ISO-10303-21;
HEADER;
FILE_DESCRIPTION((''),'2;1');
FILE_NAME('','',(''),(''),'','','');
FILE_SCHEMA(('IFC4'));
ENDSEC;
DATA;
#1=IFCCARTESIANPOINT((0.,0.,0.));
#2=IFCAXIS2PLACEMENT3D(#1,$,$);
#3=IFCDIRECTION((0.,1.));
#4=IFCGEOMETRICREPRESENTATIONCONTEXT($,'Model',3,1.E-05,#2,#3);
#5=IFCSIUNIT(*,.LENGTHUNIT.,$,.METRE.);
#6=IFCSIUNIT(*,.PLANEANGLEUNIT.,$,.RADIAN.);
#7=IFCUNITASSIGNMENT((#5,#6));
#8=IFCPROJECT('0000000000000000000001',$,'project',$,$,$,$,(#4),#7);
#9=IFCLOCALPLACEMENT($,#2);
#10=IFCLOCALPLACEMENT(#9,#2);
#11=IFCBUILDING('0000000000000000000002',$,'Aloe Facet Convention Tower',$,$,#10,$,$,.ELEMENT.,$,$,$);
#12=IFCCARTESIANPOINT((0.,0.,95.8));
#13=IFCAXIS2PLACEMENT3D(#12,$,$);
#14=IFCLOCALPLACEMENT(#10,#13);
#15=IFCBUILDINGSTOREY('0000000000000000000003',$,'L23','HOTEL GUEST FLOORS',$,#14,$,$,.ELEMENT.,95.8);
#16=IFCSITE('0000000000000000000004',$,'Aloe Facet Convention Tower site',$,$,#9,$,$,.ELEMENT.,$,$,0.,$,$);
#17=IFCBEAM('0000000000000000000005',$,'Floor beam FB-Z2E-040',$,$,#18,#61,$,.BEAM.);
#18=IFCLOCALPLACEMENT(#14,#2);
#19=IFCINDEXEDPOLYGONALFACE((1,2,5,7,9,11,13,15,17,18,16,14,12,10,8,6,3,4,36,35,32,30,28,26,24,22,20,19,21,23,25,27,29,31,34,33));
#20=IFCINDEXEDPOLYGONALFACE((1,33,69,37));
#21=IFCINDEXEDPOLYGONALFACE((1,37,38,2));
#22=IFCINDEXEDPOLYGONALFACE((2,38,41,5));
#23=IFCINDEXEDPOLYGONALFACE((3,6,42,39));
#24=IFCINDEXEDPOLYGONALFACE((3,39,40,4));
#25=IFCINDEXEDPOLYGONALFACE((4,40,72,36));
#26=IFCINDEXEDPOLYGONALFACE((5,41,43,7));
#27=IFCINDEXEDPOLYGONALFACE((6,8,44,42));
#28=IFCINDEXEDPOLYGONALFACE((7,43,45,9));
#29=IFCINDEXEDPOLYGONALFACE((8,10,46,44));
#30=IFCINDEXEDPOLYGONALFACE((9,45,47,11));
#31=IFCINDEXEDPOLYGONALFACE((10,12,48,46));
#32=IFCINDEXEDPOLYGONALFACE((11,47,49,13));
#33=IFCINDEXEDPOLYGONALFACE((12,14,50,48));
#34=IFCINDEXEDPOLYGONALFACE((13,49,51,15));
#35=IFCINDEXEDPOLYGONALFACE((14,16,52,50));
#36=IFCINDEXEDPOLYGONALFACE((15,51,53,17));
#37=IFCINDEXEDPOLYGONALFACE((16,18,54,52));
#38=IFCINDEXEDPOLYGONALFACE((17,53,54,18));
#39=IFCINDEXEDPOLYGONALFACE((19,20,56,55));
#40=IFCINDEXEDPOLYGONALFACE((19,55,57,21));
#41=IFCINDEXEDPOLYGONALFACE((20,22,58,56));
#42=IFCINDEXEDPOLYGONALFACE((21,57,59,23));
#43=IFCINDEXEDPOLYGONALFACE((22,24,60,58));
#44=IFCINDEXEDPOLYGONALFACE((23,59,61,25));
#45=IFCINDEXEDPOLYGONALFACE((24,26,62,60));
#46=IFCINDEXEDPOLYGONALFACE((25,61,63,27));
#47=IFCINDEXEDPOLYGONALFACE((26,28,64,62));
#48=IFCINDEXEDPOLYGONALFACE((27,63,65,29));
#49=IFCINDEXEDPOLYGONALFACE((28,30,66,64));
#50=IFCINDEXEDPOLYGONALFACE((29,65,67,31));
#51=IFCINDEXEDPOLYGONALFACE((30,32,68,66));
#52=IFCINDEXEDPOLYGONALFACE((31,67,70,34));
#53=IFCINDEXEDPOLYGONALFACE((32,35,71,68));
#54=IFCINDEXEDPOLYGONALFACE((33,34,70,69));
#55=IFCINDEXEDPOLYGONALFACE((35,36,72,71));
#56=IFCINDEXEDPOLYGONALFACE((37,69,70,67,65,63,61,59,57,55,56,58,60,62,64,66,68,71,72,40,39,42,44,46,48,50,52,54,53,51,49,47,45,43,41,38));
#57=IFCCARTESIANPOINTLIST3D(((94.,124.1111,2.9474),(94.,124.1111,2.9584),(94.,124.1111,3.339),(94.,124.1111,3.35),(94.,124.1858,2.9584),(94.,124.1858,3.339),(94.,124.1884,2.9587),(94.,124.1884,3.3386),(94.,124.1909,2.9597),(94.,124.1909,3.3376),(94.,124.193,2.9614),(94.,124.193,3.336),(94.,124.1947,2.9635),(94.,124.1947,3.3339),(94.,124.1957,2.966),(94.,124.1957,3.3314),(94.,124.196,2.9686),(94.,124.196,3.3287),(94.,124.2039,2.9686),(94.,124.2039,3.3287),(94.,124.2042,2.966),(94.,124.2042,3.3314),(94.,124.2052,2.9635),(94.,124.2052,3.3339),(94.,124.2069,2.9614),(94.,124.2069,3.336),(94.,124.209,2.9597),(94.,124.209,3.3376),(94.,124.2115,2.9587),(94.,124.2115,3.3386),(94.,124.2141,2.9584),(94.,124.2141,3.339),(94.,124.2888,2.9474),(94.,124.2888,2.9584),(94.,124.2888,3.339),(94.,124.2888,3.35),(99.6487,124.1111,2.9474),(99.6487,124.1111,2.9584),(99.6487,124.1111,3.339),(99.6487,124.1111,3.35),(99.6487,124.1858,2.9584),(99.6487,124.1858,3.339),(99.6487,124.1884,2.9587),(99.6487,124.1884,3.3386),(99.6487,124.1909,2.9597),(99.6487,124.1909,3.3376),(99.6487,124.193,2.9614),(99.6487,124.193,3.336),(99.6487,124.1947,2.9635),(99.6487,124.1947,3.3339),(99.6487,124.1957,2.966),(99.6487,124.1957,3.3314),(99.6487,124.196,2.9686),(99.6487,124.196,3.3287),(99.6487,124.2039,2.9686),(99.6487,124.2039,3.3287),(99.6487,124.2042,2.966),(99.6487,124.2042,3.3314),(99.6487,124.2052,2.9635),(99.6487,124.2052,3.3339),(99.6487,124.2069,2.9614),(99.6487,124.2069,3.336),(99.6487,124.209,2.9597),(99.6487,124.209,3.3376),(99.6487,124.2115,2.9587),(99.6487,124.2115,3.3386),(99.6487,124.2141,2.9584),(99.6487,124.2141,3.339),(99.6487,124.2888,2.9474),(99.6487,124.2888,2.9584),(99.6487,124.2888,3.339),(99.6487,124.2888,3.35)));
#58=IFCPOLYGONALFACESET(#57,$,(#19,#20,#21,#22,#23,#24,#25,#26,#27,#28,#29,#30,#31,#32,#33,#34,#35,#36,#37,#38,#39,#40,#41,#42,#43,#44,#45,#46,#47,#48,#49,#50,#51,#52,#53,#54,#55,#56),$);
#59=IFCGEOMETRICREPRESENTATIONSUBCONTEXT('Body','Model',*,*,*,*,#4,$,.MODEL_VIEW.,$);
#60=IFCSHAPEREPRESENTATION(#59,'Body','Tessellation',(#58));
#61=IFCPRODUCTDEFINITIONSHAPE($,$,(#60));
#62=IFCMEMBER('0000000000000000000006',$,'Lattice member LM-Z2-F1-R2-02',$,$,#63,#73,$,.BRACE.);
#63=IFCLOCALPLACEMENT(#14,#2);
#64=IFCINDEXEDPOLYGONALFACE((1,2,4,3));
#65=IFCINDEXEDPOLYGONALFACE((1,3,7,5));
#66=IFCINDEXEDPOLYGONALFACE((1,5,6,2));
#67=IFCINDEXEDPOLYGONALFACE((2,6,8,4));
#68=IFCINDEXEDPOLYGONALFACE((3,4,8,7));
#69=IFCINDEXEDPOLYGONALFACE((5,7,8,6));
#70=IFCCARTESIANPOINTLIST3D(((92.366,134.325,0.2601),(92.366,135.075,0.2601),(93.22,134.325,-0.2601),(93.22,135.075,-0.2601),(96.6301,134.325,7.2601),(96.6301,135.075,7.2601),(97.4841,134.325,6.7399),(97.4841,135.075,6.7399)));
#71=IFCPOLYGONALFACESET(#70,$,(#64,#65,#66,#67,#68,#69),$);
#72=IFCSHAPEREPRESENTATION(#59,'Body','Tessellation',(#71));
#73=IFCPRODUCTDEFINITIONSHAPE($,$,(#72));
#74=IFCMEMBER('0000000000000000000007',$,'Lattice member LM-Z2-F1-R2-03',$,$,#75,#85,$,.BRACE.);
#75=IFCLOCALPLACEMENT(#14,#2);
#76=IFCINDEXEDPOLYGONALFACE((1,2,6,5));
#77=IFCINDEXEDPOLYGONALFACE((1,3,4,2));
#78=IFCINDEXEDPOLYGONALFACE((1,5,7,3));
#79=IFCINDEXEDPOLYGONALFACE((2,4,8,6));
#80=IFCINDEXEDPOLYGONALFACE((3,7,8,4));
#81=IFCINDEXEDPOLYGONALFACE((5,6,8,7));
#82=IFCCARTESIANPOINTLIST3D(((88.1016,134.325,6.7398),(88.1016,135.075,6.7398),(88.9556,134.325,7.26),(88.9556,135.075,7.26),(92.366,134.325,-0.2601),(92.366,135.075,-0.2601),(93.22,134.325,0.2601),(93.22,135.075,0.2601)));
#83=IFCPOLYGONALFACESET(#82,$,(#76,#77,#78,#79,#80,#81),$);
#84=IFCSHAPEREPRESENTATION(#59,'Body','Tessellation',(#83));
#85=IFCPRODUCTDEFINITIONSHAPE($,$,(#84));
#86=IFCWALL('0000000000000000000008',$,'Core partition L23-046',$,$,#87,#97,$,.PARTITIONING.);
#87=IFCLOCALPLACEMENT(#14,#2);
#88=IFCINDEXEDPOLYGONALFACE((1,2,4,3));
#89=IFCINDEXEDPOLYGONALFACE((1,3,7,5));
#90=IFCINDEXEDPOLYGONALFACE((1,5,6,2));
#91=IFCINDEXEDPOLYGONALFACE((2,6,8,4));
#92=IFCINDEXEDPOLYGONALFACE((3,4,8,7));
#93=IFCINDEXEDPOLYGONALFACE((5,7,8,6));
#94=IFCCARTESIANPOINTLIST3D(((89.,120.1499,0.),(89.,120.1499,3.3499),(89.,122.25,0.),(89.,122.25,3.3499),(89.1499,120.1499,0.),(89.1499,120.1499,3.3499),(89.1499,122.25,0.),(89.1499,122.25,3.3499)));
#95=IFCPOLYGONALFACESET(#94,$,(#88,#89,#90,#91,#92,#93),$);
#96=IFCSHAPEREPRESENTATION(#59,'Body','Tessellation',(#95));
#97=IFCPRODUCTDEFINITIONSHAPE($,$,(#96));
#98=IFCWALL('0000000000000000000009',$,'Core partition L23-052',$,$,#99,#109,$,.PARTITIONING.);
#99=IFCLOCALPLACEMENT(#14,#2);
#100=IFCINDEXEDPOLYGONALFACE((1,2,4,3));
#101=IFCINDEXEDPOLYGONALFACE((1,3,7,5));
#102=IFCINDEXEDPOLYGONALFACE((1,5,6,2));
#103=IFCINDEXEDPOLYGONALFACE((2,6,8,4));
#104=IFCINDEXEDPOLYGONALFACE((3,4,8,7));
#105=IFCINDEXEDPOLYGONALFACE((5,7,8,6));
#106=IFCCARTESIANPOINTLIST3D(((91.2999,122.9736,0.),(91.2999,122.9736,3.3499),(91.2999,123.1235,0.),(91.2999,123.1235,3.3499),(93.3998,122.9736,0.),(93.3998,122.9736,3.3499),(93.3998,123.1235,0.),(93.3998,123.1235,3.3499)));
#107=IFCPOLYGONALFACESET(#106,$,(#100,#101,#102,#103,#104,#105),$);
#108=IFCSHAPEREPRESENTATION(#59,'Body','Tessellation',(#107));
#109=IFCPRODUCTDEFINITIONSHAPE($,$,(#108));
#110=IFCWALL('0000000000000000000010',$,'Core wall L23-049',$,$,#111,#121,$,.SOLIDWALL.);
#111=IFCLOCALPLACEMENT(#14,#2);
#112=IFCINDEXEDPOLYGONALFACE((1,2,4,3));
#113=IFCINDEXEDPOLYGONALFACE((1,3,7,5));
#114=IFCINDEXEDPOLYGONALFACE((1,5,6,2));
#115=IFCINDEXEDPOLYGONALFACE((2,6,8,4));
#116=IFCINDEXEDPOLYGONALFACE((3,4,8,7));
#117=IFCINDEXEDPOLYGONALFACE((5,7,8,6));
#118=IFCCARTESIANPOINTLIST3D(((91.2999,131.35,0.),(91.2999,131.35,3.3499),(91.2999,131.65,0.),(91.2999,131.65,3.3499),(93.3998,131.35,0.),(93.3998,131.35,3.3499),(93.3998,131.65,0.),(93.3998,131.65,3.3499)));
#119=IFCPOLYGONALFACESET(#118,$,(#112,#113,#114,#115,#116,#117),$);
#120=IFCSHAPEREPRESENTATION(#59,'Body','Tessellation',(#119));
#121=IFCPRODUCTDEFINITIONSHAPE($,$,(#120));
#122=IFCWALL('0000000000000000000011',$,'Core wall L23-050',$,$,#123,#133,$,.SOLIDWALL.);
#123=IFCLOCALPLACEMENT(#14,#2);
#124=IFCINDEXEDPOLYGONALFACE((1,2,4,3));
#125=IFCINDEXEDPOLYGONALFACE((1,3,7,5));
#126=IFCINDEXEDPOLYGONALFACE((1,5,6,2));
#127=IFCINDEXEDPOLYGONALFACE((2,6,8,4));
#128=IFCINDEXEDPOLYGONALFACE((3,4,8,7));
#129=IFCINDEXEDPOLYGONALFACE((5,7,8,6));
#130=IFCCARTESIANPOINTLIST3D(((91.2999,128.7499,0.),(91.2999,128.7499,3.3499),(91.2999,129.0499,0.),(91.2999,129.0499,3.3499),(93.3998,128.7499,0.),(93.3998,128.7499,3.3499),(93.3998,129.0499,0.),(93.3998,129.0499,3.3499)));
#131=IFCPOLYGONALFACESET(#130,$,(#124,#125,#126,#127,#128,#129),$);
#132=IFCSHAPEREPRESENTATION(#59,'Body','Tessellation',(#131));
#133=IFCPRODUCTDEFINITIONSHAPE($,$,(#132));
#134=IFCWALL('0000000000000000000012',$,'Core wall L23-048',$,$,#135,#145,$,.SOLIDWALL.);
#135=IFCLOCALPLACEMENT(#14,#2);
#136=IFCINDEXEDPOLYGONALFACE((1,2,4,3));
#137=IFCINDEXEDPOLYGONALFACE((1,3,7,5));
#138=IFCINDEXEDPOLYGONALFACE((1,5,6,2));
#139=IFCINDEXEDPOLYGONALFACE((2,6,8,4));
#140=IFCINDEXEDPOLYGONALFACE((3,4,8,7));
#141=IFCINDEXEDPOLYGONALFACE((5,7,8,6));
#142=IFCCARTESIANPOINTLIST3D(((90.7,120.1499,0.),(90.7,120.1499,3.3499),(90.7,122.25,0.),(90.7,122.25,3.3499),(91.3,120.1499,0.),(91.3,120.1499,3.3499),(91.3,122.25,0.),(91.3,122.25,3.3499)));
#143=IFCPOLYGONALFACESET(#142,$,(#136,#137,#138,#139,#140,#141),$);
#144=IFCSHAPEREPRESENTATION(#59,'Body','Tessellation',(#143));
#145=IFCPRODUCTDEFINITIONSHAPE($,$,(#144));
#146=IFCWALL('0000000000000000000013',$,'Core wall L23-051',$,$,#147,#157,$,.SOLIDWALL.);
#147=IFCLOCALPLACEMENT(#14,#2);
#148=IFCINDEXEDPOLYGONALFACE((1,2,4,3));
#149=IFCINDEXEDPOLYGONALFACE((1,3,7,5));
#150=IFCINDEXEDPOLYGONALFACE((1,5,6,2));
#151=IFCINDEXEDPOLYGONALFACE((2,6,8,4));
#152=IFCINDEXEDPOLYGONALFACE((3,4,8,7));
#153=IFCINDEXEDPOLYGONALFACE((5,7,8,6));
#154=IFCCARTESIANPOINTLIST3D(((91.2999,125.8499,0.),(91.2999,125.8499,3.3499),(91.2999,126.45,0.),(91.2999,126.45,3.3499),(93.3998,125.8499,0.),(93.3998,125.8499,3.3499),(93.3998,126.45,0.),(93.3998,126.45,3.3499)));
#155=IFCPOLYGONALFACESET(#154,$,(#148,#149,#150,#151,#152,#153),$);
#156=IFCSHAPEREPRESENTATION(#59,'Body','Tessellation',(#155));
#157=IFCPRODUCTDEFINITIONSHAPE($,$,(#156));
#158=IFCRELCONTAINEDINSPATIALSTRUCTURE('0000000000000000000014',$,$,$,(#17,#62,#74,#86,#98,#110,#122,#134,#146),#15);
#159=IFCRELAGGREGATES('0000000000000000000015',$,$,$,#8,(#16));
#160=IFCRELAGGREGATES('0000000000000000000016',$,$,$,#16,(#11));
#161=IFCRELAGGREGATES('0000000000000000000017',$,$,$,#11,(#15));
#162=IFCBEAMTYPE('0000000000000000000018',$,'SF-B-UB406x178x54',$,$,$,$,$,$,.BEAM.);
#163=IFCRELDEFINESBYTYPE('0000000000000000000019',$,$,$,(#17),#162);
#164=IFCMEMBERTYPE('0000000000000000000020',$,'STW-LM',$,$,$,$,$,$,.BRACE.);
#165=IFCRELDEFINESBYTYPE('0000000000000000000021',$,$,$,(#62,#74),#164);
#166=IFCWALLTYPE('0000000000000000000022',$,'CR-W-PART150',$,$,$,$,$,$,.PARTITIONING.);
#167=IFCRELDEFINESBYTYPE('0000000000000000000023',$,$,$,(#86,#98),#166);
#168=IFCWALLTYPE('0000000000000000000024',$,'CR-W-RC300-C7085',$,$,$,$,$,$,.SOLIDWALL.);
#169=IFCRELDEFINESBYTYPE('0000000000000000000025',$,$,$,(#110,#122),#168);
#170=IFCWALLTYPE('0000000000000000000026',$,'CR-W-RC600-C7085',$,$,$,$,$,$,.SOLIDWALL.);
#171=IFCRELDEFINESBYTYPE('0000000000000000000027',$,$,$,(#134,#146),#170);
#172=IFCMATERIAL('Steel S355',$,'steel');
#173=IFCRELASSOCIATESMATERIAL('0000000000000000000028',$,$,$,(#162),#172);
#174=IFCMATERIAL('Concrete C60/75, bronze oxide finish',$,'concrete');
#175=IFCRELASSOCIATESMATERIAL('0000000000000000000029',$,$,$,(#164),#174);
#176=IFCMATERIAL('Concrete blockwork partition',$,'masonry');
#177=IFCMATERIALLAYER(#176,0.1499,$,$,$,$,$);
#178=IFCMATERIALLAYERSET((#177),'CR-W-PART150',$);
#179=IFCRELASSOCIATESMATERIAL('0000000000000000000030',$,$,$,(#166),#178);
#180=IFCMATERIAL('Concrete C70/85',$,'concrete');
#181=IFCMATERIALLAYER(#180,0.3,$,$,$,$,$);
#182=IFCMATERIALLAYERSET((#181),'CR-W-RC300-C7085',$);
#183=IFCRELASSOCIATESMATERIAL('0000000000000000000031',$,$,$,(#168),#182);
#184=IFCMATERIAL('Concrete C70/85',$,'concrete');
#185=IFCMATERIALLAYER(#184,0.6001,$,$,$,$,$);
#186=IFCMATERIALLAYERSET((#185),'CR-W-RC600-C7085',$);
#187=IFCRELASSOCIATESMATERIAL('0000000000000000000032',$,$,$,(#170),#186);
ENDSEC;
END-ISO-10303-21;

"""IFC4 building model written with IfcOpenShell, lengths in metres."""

from ifc_helpers import new_model, si_unit, direction, frame, frame_2d, origin, origin_2d, place, context, subcontext, project, spatial, rectangle, i_section, extrude, material, layer, layer_set, material_profile, profile_set, type_object, element, save


model = new_model("IFC4")

# Units and contexts
model_context = context("Model", 3, precision=1e-05, world=origin(), true_north=direction((0.0, 1.0)))
body_context = subcontext(model_context, "Body", "Model", "MODEL_VIEW")
ifc_project = project(units=[si_unit("LENGTHUNIT", "METRE"), si_unit("PLANEANGLEUNIT", "RADIAN")], contexts=[model_context])

# Site, building, storey
site_placement = place(None, origin())
site = spatial("IfcSite", under=ifc_project, at=site_placement, Name="Aloe Facet Convention Tower site", CompositionType="ELEMENT", RefElevation=0.0)
building_placement = place(site_placement, origin())
building = spatial("IfcBuilding", under=site, at=building_placement, Name="Aloe Facet Convention Tower", CompositionType="ELEMENT")
storey_placement = place(building_placement, frame((0.0, 0.0, 95.8)))
storey = spatial("IfcBuildingStorey", under=building, at=storey_placement, Name="L23", Description="HOTEL GUEST FLOORS", CompositionType="ELEMENT", Elevation=95.8)

# Beam
ifc_material_1 = material(Name="Steel S355", Category="steel")
ifc_material_profile_1 = material_profile(ifc_material_1, i_section(OverallWidth=0.1777, OverallDepth=0.4026, WebThickness=0.0078, FlangeThickness=0.011, FilletRadius=0.0103, at=origin_2d()), Name="UB 406x178x54")
ifc_profile_set_1 = profile_set([ifc_material_profile_1], Name="Steel S355")
beam_type = type_object("IfcBeamType", Name="SF-B-UB406x178x54", PredefinedType="BEAM", material=ifc_profile_set_1)
beam_placement = place(storey_placement, frame((94.0, 124.2, 3.1487), z_axis=(1.0, 0.0, 0.0), x_axis=(0.0, 1.0, 0.0)))
element("IfcBeam", 1, at=beam_placement, inside=storey, type_object=beam_type, Name="Floor beam FB-Z2E-040", PredefinedType="BEAM", context=body_context, shape_type="SweptSolid", body=[
    extrude(i_section(OverallWidth=0.1777, OverallDepth=0.4026, WebThickness=0.0078, FlangeThickness=0.011, FilletRadius=0.0103, at=origin_2d()), origin(), (0.0, 0.0, 1.0), 5.6487),
])

# Members
ifc_material_2 = material(Name="Concrete C60/75, bronze oxide finish", Category="concrete")
ifc_material_profile_2 = material_profile(ifc_material_2, rectangle(XDim=0.75, YDim=1.0, at=origin_2d()), Name="STW-LM")
ifc_profile_set_2 = profile_set([ifc_material_profile_2], Name="Concrete C60/75, bronze oxide finish")
member_type = type_object("IfcMemberType", Name="STW-LM", PredefinedType="BRACE", material=ifc_profile_set_2)
for number, where, z_axis, x_axis, name in (
    (2, (92.793, 134.7, 0.0), (0.52024, 0.0, 0.85402), (0.0, 1.0, 0.0), "Lattice member LM-Z2-F1-R2-02"),
    (3, (92.793, 134.7, 0.0), (-0.520262, 0.0, 0.854007), (0.0, -1.0, 0.0), "Lattice member LM-Z2-F1-R2-03"),
):
    element("IfcMember", number, at=place(storey_placement, frame(where, z_axis=z_axis, x_axis=x_axis)), inside=storey, type_object=member_type, Name=name, PredefinedType="BRACE", context=body_context, shape_type="SweptSolid", body=[
        extrude(rectangle(XDim=0.75, YDim=1.0, at=origin_2d()), origin(), (0.0, 0.0, 1.0), 8.1965),
    ])

# Walls
ifc_material_3 = material(Name="Concrete blockwork partition", Category="masonry")
ifc_layer_1 = layer(ifc_material_3, 0.1499)
ifc_layer_set_1 = layer_set([ifc_layer_1], Name="CR-W-PART150")
wall_type_1 = type_object("IfcWallType", Name="CR-W-PART150", PredefinedType="PARTITIONING", material=ifc_layer_set_1)
wall_1_placement = place(storey_placement, frame((89.075, 122.25, 0.0), z_axis=(0.0, 0.0, 1.0), x_axis=(0.0, -1.0, 0.0)))
element("IfcWall", 4, at=wall_1_placement, inside=storey, type_object=wall_type_1, Name="Core partition L23-046", PredefinedType="PARTITIONING", context=body_context, shape_type="SweptSolid", body=[
    extrude(rectangle(XDim=2.1001, YDim=0.1499, at=frame_2d((1.05, 0.0))), origin(), (0.0, 0.0, 1.0), 3.3499),
])
wall_2_placement = place(storey_placement, frame((91.3, 123.0486, 0.0), z_axis=(0.0, 0.0, 1.0), x_axis=(1.0, 0.0, 0.0)))
element("IfcWall", 5, at=wall_2_placement, inside=storey, type_object=wall_type_1, Name="Core partition L23-052", PredefinedType="PARTITIONING", context=body_context, shape_type="SweptSolid", body=[
    extrude(rectangle(XDim=2.0999, YDim=0.1499, at=frame_2d((1.0498, 0.0))), origin(), (0.0, 0.0, 1.0), 3.3499),
])
ifc_material_4 = material(Name="Concrete C70/85", Category="concrete")
ifc_layer_2 = layer(ifc_material_4, 0.3)
ifc_layer_set_2 = layer_set([ifc_layer_2], Name="CR-W-RC300-C7085")
wall_type_2 = type_object("IfcWallType", Name="CR-W-RC300-C7085", PredefinedType="SOLIDWALL", material=ifc_layer_set_2)
for number, where, z_axis, x_axis, name in (
    (6, (91.3, 131.5, 0.0), (0.0, 0.0, 1.0), (1.0, 0.0, 0.0), "Core wall L23-049"),
    (7, (91.3, 128.8999, 0.0), (0.0, 0.0, 1.0), (1.0, 0.0, 0.0), "Core wall L23-050"),
):
    element("IfcWall", number, at=place(storey_placement, frame(where, z_axis=z_axis, x_axis=x_axis)), inside=storey, type_object=wall_type_2, Name=name, PredefinedType="SOLIDWALL", context=body_context, shape_type="SweptSolid", body=[
        extrude(rectangle(XDim=2.0999, YDim=0.3, at=frame_2d((1.0498, 0.0))), origin(), (0.0, 0.0, 1.0), 3.3499),
    ])
ifc_material_5 = material(Name="Concrete C70/85", Category="concrete")
ifc_layer_3 = layer(ifc_material_5, 0.6001)
ifc_layer_set_3 = layer_set([ifc_layer_3], Name="CR-W-RC600-C7085")
wall_type_3 = type_object("IfcWallType", Name="CR-W-RC600-C7085", PredefinedType="SOLIDWALL", material=ifc_layer_set_3)
wall_3_placement = place(storey_placement, frame((91.0, 122.25, 0.0), z_axis=(0.0, 0.0, 1.0), x_axis=(0.0, -1.0, 0.0)))
element("IfcWall", 8, at=wall_3_placement, inside=storey, type_object=wall_type_3, Name="Core wall L23-048", PredefinedType="SOLIDWALL", context=body_context, shape_type="SweptSolid", body=[
    extrude(rectangle(XDim=2.1001, YDim=0.6001, at=frame_2d((1.05, 0.0))), origin(), (0.0, 0.0, 1.0), 3.3499),
])
wall_4_placement = place(storey_placement, frame((91.3, 126.1499, 0.0), z_axis=(0.0, 0.0, 1.0), x_axis=(1.0, 0.0, 0.0)))
element("IfcWall", 9, at=wall_4_placement, inside=storey, type_object=wall_type_3, Name="Core wall L23-051", PredefinedType="SOLIDWALL", context=body_context, shape_type="SweptSolid", body=[
    extrude(rectangle(XDim=2.0999, YDim=0.6001, at=frame_2d((1.0498, 0.0))), origin(), (0.0, 0.0, 1.0), 3.3499),
])

save(model, "model.ifc")
